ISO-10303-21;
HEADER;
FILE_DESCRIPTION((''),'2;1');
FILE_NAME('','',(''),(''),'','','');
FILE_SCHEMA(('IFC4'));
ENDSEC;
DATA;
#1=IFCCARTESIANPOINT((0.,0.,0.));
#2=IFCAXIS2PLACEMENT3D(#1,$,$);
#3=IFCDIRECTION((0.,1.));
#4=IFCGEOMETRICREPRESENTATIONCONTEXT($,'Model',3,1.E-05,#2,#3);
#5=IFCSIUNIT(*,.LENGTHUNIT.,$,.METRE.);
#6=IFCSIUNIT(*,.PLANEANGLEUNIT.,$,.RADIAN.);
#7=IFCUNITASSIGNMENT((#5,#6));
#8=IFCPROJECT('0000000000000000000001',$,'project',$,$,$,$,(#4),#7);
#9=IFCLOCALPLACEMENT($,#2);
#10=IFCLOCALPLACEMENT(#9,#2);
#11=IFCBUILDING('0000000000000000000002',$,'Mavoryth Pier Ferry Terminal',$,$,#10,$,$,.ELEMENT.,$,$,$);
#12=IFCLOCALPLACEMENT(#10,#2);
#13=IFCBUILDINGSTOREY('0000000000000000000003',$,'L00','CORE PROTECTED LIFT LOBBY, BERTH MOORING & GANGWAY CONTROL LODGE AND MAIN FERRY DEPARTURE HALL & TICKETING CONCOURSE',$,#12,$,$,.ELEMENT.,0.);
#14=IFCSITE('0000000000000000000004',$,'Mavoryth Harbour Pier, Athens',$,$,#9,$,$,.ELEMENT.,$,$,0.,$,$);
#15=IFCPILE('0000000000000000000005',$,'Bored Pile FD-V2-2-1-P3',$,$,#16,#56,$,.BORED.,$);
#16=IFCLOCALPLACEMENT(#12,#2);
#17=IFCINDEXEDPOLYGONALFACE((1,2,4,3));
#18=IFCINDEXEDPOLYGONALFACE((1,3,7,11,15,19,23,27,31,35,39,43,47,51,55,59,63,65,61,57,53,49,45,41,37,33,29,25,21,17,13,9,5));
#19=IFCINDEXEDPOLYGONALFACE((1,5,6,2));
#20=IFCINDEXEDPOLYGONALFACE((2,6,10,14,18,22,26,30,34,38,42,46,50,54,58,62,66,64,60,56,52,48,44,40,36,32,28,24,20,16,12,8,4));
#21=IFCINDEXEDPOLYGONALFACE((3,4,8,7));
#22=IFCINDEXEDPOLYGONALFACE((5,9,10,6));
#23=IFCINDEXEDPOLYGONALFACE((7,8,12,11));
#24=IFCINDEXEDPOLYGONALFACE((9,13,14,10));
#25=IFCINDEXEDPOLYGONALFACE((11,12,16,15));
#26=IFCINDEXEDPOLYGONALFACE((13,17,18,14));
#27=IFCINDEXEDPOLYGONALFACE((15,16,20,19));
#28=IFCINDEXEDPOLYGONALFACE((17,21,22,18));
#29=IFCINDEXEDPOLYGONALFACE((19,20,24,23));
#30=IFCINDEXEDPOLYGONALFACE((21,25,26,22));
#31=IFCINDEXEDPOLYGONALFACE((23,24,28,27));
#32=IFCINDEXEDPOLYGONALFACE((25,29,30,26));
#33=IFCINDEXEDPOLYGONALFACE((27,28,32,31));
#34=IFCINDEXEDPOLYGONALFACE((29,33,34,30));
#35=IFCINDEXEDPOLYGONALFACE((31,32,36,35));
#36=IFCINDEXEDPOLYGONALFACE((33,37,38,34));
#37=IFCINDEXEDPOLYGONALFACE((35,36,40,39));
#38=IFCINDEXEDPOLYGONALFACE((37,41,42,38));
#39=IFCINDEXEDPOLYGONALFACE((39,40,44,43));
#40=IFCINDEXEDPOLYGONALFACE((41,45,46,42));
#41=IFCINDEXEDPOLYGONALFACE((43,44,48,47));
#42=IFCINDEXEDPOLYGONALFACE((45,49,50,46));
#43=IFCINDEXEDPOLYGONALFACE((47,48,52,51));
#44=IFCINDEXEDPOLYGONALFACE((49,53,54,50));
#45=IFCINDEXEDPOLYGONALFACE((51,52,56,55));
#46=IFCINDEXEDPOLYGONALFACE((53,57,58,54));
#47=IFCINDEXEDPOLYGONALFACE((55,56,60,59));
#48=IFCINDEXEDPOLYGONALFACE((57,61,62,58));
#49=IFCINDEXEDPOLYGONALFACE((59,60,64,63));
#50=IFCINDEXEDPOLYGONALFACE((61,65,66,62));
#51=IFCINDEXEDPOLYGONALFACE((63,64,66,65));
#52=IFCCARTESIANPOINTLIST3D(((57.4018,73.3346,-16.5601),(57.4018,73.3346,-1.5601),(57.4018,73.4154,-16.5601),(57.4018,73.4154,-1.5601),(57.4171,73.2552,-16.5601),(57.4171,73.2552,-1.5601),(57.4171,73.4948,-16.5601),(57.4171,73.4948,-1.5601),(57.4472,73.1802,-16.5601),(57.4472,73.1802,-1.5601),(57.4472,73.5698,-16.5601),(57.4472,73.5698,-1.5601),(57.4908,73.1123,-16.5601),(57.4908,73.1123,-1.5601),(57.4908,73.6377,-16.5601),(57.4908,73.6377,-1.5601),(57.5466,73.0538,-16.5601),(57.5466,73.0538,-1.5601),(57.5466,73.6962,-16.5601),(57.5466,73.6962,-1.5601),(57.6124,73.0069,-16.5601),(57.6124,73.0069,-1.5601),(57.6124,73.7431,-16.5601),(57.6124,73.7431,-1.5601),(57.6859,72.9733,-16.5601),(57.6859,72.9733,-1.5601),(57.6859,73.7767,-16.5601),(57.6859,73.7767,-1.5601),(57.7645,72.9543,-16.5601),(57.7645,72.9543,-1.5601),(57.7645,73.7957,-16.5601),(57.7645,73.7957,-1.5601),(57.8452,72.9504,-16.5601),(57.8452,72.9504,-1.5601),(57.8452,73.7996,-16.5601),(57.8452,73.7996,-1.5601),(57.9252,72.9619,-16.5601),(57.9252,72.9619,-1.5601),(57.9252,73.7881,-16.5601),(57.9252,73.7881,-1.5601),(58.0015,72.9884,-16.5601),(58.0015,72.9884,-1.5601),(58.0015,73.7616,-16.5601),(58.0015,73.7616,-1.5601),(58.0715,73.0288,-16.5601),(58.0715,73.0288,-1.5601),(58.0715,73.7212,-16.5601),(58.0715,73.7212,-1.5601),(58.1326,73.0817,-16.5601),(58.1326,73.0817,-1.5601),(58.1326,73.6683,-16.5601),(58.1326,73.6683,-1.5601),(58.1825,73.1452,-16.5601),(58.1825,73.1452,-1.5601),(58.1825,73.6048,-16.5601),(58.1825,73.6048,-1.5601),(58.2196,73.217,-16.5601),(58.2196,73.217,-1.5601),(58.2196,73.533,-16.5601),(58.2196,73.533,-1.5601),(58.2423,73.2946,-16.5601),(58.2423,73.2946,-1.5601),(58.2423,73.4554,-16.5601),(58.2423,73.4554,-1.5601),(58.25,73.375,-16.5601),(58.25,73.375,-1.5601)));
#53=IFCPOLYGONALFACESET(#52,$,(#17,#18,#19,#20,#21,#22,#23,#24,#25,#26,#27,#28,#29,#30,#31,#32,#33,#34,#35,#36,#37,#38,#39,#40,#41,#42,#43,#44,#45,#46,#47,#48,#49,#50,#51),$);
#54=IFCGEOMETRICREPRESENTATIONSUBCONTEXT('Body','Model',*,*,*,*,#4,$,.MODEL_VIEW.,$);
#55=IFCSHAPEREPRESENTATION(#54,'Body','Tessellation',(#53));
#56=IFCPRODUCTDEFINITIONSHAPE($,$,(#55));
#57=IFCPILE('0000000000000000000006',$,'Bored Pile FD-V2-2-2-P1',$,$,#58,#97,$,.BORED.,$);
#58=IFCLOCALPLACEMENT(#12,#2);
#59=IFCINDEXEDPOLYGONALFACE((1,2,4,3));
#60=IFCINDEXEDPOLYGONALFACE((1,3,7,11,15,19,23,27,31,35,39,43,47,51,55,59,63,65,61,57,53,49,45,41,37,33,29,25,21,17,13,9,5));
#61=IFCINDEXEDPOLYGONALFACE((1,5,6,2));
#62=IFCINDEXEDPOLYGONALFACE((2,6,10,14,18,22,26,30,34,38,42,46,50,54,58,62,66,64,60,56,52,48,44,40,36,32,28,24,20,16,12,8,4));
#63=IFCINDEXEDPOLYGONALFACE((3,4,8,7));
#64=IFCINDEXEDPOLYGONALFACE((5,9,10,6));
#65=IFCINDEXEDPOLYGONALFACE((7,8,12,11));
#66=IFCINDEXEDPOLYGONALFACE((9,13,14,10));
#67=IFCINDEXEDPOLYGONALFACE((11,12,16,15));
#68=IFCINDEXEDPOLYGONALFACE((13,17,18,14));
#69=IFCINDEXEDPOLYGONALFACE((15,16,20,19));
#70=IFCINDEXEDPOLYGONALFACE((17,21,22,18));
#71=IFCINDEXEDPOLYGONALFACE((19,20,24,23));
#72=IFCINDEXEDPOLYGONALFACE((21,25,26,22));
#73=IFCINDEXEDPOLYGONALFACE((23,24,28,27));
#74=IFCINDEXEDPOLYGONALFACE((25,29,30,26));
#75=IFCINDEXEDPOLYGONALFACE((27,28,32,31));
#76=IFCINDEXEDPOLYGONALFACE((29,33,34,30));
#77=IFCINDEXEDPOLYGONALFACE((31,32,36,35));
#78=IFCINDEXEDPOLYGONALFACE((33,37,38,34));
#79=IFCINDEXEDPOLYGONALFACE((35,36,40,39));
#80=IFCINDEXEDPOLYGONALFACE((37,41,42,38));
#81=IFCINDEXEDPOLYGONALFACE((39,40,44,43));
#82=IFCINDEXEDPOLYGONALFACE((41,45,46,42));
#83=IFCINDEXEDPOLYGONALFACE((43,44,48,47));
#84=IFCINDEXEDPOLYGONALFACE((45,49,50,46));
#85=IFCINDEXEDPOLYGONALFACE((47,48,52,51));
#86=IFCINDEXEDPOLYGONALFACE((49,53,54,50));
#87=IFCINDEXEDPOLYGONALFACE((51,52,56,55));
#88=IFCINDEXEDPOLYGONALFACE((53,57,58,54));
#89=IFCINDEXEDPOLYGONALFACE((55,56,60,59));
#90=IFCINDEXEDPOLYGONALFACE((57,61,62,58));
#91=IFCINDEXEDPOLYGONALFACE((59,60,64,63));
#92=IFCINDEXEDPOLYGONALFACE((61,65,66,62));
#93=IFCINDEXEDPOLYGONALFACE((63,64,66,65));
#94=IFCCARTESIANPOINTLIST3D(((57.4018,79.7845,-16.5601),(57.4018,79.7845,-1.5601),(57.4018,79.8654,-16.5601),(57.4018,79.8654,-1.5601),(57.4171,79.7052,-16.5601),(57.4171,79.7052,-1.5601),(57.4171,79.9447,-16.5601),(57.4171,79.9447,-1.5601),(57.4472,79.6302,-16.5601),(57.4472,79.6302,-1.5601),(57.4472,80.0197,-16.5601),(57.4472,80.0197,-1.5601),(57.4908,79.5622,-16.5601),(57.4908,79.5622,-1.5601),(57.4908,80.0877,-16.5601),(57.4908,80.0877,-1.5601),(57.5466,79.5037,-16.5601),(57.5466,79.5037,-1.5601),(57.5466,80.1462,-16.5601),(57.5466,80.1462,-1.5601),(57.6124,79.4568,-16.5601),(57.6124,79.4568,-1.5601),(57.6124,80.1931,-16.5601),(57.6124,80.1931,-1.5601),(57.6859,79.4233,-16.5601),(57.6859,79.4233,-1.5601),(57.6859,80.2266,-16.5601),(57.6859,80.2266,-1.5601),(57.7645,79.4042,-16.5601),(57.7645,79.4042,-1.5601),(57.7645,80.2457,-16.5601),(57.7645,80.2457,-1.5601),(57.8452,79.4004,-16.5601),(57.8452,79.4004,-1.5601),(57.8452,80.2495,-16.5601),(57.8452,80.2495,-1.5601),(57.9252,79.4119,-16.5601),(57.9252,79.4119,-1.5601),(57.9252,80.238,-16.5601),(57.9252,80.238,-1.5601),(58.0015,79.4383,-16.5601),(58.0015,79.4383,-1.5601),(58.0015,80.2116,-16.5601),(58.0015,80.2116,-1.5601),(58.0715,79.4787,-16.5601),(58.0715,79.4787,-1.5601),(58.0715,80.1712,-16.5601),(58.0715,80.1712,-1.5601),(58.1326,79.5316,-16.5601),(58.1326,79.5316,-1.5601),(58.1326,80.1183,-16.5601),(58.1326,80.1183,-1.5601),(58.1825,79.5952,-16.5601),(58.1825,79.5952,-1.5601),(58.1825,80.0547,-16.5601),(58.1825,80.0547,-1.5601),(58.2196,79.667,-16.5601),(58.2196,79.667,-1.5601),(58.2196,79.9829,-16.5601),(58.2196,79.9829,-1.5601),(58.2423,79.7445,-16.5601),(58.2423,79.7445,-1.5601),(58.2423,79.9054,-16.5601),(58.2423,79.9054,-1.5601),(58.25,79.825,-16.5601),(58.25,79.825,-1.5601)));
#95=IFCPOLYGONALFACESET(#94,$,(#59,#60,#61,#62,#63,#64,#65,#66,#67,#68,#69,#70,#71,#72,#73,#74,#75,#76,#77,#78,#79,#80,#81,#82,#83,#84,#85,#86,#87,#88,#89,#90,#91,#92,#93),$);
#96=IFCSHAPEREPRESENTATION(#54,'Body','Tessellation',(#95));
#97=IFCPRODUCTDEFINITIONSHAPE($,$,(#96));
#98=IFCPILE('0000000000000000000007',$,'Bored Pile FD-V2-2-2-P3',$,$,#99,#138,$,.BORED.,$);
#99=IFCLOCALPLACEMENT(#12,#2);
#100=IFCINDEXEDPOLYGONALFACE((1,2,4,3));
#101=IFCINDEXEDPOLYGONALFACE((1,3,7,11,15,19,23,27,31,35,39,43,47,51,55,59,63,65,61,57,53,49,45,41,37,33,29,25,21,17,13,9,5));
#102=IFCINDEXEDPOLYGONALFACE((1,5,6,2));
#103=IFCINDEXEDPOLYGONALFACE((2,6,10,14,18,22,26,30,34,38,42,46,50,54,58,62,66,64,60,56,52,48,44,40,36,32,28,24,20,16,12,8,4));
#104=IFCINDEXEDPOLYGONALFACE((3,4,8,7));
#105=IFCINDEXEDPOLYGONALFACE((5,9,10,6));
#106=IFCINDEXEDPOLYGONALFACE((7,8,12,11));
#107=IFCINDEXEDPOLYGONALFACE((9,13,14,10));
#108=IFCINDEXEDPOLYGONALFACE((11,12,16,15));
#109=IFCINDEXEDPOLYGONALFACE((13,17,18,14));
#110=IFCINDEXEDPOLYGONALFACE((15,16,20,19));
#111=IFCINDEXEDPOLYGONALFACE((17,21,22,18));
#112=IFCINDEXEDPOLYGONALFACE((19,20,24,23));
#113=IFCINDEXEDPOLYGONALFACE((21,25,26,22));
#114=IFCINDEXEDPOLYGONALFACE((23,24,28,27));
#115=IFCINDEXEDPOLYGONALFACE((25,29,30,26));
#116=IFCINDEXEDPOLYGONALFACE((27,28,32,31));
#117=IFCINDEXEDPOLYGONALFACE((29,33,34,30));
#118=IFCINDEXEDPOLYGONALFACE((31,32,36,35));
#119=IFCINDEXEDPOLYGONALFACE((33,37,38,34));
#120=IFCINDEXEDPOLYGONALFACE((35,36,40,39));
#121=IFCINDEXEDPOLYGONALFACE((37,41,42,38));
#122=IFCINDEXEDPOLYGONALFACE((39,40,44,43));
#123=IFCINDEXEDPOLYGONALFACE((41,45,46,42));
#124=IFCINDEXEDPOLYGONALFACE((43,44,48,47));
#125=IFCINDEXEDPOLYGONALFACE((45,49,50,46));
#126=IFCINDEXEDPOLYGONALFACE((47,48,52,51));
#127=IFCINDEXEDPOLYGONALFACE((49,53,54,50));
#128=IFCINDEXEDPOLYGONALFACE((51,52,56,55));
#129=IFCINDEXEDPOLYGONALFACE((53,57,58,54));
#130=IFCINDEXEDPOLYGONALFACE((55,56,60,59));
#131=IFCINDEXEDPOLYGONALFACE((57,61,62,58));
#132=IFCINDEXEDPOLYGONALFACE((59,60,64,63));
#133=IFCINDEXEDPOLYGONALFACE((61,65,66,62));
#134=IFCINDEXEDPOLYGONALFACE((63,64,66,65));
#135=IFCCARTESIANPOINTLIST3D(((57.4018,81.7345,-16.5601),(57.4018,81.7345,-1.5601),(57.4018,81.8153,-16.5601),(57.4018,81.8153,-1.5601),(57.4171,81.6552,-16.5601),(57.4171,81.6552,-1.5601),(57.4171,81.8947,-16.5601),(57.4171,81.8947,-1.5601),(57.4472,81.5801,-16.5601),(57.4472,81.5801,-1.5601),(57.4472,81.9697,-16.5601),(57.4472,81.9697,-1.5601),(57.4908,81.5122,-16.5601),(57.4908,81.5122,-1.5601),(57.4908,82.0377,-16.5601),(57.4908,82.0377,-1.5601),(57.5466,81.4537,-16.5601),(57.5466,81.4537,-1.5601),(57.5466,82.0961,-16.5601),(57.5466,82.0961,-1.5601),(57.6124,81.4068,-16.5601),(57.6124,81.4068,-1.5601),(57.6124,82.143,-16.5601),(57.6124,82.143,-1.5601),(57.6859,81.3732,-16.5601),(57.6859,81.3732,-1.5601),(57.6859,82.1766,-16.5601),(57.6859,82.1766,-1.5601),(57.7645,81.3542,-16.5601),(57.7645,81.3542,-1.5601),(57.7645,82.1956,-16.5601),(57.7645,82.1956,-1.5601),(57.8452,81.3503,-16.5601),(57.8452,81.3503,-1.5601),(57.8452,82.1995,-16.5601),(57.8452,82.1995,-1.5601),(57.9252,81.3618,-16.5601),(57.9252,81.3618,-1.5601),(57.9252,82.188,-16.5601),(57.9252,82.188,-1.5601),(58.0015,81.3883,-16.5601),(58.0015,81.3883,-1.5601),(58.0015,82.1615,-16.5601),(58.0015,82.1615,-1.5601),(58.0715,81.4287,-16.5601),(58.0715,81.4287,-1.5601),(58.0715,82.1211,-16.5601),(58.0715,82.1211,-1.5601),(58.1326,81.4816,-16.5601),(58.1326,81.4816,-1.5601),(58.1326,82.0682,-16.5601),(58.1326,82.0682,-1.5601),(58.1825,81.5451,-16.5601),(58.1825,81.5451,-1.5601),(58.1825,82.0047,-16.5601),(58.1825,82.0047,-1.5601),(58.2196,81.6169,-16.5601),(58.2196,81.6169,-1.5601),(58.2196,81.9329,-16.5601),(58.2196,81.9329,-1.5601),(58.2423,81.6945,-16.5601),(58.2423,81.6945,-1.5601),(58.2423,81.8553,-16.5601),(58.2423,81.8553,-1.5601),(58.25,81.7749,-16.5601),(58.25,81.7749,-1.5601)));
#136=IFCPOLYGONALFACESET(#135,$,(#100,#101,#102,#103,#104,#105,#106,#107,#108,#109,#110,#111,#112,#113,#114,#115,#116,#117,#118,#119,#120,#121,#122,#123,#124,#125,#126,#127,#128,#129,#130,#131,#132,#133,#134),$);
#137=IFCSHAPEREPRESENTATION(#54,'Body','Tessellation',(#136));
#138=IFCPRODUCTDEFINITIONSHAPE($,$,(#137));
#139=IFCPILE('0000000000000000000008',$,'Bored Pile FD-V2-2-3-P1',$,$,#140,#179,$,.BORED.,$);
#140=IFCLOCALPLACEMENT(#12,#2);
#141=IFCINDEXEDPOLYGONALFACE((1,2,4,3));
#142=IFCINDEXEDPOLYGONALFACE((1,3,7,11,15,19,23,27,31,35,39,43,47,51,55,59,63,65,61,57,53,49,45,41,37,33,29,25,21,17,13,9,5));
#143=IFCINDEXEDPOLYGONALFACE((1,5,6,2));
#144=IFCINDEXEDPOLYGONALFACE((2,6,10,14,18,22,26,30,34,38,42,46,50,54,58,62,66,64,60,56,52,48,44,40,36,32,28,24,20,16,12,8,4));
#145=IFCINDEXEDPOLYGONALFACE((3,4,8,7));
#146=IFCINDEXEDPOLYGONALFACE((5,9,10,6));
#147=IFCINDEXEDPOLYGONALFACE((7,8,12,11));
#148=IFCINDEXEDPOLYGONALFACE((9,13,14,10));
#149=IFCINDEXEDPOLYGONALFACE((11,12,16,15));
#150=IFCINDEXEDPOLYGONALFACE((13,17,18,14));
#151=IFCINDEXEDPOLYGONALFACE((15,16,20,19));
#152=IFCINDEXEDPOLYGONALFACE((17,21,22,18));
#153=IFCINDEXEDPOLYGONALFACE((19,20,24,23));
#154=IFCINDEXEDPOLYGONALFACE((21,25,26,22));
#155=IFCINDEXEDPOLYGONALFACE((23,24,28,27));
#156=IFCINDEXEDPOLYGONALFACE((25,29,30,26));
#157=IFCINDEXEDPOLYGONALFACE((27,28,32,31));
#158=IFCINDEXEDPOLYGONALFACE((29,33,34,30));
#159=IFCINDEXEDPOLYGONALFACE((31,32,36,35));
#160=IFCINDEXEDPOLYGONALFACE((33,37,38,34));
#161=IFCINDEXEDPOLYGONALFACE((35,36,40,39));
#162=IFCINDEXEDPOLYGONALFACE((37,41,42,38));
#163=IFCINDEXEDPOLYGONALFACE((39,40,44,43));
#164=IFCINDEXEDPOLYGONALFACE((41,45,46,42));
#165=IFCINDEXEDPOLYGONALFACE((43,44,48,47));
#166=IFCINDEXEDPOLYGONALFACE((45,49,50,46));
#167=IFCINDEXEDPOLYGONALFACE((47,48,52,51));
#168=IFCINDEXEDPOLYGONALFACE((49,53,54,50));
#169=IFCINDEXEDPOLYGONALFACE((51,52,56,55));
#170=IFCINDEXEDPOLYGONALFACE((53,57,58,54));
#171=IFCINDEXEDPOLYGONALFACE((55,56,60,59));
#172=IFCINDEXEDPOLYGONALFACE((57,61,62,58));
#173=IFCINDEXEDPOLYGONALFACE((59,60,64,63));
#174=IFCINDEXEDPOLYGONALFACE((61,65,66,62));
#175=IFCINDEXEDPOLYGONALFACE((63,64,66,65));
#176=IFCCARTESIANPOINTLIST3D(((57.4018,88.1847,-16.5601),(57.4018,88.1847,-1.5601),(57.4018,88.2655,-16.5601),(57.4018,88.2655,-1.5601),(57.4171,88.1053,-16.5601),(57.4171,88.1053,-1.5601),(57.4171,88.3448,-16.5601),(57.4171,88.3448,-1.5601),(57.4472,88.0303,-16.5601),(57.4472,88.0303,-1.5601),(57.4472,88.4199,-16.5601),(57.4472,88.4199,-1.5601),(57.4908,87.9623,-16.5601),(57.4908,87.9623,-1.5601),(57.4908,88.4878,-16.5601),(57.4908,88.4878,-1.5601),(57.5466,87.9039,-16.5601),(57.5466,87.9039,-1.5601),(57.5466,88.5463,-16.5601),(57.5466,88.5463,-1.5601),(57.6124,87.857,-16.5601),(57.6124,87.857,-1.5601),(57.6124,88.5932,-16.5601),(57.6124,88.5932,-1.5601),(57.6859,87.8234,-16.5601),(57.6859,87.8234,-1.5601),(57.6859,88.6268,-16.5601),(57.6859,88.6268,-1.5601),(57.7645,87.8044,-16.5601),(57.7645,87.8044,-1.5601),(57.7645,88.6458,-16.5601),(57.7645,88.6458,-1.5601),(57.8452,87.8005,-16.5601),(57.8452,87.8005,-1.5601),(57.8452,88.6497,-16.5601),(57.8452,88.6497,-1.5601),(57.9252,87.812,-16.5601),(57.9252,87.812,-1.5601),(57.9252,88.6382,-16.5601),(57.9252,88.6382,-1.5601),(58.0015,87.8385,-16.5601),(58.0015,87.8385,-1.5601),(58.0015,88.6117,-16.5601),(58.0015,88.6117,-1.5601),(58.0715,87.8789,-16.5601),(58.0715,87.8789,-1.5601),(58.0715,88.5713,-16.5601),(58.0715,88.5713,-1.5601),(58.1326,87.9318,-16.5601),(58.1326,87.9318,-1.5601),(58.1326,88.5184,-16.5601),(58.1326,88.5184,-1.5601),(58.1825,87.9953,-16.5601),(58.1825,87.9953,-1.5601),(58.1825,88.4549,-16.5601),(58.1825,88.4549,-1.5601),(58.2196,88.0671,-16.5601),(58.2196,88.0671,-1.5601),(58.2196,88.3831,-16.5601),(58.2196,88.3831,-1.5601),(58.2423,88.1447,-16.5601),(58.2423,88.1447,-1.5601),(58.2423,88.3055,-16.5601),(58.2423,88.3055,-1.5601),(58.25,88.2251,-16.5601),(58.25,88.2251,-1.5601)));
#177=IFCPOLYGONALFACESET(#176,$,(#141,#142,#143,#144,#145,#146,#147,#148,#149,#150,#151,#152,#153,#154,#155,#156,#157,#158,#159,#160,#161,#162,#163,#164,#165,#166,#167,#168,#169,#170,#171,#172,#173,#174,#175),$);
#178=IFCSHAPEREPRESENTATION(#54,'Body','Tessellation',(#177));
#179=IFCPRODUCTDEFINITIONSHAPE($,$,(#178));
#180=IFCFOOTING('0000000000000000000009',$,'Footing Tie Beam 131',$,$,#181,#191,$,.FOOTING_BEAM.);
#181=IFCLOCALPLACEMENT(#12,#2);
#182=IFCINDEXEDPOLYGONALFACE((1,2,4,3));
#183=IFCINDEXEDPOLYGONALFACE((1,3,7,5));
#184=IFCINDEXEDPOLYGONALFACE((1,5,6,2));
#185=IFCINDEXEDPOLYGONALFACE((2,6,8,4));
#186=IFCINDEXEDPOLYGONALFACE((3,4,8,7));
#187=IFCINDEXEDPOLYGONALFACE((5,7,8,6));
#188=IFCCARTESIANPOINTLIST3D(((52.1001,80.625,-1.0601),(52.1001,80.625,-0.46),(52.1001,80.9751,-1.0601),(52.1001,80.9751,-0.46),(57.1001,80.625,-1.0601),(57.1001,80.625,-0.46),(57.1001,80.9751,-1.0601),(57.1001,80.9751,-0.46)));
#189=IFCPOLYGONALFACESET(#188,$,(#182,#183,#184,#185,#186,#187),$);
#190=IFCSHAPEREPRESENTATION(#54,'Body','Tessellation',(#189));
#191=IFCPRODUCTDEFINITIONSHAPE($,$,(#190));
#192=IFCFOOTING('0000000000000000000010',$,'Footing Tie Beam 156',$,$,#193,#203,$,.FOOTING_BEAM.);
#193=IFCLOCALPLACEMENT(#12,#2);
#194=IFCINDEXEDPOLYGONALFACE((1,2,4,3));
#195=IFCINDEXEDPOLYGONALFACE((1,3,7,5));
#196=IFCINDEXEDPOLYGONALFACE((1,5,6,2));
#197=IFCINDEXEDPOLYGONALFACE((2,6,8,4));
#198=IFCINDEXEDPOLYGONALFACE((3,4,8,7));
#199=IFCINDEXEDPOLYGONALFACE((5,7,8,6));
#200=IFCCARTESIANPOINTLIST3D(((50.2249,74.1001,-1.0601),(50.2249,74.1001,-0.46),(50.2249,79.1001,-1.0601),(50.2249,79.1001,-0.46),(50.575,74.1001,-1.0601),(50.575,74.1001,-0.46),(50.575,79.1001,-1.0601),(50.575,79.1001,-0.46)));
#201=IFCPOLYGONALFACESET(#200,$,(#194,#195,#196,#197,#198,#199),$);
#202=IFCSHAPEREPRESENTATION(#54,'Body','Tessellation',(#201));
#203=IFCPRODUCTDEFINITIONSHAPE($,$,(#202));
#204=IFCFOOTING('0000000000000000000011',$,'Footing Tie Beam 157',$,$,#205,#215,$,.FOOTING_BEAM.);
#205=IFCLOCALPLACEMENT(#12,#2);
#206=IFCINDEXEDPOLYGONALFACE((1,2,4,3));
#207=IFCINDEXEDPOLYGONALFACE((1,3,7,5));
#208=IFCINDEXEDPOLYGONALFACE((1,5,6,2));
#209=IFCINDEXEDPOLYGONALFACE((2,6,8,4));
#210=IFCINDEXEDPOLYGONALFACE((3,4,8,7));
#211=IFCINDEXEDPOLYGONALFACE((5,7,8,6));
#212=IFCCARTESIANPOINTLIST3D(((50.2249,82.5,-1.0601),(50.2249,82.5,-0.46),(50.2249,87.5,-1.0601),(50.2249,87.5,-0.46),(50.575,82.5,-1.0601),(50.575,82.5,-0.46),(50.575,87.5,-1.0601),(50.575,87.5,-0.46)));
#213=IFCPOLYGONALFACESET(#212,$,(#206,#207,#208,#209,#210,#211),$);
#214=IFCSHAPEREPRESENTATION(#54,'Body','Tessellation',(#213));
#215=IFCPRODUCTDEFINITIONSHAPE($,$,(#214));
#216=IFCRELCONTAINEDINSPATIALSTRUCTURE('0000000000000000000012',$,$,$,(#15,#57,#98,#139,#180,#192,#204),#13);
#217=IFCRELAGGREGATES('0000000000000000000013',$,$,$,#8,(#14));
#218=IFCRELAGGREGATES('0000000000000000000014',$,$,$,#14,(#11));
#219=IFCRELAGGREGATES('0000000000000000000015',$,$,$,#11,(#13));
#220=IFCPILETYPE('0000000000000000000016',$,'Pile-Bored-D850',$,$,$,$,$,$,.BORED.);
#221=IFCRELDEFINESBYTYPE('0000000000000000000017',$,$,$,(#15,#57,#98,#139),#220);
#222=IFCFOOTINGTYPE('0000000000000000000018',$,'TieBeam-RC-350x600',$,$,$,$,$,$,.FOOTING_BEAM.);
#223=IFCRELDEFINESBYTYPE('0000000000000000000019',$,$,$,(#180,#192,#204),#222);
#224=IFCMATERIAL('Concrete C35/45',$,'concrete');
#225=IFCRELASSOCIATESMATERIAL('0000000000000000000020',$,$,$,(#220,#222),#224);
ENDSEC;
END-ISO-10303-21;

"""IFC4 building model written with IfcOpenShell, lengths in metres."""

from ifc_helpers import new_model, si_unit, direction, frame, origin, origin_2d, place, context, subcontext, project, spatial, rectangle, circle, extrude, material, material_profile, profile_set, type_object, element, save


model = new_model("IFC4")

# Units and contexts
model_context = context("Model", 3, precision=1e-05, world=origin(), true_north=direction((0.0, 1.0)))
body_context = subcontext(model_context, "Body", "Model", "MODEL_VIEW")
ifc_project = project(units=[si_unit("LENGTHUNIT", "METRE"), si_unit("PLANEANGLEUNIT", "RADIAN")], contexts=[model_context])

# Site, building, storey
site_placement = place(None, origin())
site = spatial("IfcSite", under=ifc_project, at=site_placement, Name="Mavoryth Harbour Pier, Athens", CompositionType="ELEMENT", RefElevation=0.0)
building_placement = place(site_placement, origin())
building = spatial("IfcBuilding", under=site, at=building_placement, Name="Mavoryth Pier Ferry Terminal", CompositionType="ELEMENT")
storey_placement = place(building_placement, origin())
storey = spatial("IfcBuildingStorey", under=building, at=storey_placement, Name="L00", Description="CORE PROTECTED LIFT LOBBY, BERTH MOORING & GANGWAY CONTROL LODGE AND MAIN FERRY DEPARTURE HALL & TICKETING CONCOURSE", CompositionType="ELEMENT", Elevation=0.0)

# Shared definitions
ifc_material_1 = material(Name="Concrete C35/45", Category="concrete")

# Piles
ifc_material_profile_1 = material_profile(ifc_material_1, circle(Radius=0.425, at=origin_2d()), Name="PILE D850", Category="concrete")
ifc_profile_set_1 = profile_set([ifc_material_profile_1], Name="Concrete C35/45 - PILE D850")
pile_type = type_object("IfcPileType", Name="Pile-Bored-D850", PredefinedType="BORED", material=ifc_profile_set_1)
for number, where, z_axis, x_axis, name in (
    (1, (57.825, 73.375, -1.5601), (0.0, 0.0, -1.0), (1.0, 0.0, 0.0), "Bored Pile FD-V2-2-1-P3"),
    (2, (57.825, 79.825, -1.5601), (0.0, 0.0, -1.0), (1.0, 0.0, 0.0), "Bored Pile FD-V2-2-2-P1"),
    (3, (57.825, 81.7749, -1.5601), (0.0, 0.0, -1.0), (1.0, 0.0, 0.0), "Bored Pile FD-V2-2-2-P3"),
    (4, (57.825, 88.2251, -1.5601), (0.0, 0.0, -1.0), (1.0, 0.0, 0.0), "Bored Pile FD-V2-2-3-P1"),
):
    element("IfcPile", number, at=place(storey_placement, frame(where, z_axis=z_axis, x_axis=x_axis)), inside=storey, type_object=pile_type, Name=name, PredefinedType="BORED", context=body_context, shape_type="SweptSolid", body=[
        extrude(circle(Radius=0.425, at=origin_2d()), origin(), (0.0, 0.0, 1.0), 15.0),
    ])

# Footings
ifc_material_profile_2 = material_profile(ifc_material_1, rectangle(XDim=0.3501, YDim=0.6001, at=origin_2d()), Name="RC 350x600", Category="concrete")
ifc_profile_set_2 = profile_set([ifc_material_profile_2], Name="Concrete C35/45 - RC 350x600")
footing_type_1 = type_object("IfcFootingType", Name="TieBeam-RC-350x600", PredefinedType="FOOTING_BEAM", material=ifc_profile_set_2)
for number, where, z_axis, x_axis, name in (
    (5, (52.1001, 80.8, -0.76), (1.0, 0.0, 0.0), (0.0, 1.0, 0.0), "Footing Tie Beam 131"),
    (6, (50.3999, 74.1001, -0.76), (0.0, 1.0, 0.0), (-1.0, 0.0, 0.0), "Footing Tie Beam 156"),
    (7, (50.3999, 82.5, -0.76), (0.0, 1.0, 0.0), (-1.0, 0.0, 0.0), "Footing Tie Beam 157"),
):
    element("IfcFooting", number, at=place(storey_placement, frame(where, z_axis=z_axis, x_axis=x_axis)), inside=storey, type_object=footing_type_1, Name=name, PredefinedType="FOOTING_BEAM", context=body_context, shape_type="SweptSolid", body=[
        extrude(rectangle(XDim=0.3501, YDim=0.6001, at=origin_2d()), origin(), (0.0, 0.0, 1.0), 5.0),
    ])

save(model, "model.ifc")
